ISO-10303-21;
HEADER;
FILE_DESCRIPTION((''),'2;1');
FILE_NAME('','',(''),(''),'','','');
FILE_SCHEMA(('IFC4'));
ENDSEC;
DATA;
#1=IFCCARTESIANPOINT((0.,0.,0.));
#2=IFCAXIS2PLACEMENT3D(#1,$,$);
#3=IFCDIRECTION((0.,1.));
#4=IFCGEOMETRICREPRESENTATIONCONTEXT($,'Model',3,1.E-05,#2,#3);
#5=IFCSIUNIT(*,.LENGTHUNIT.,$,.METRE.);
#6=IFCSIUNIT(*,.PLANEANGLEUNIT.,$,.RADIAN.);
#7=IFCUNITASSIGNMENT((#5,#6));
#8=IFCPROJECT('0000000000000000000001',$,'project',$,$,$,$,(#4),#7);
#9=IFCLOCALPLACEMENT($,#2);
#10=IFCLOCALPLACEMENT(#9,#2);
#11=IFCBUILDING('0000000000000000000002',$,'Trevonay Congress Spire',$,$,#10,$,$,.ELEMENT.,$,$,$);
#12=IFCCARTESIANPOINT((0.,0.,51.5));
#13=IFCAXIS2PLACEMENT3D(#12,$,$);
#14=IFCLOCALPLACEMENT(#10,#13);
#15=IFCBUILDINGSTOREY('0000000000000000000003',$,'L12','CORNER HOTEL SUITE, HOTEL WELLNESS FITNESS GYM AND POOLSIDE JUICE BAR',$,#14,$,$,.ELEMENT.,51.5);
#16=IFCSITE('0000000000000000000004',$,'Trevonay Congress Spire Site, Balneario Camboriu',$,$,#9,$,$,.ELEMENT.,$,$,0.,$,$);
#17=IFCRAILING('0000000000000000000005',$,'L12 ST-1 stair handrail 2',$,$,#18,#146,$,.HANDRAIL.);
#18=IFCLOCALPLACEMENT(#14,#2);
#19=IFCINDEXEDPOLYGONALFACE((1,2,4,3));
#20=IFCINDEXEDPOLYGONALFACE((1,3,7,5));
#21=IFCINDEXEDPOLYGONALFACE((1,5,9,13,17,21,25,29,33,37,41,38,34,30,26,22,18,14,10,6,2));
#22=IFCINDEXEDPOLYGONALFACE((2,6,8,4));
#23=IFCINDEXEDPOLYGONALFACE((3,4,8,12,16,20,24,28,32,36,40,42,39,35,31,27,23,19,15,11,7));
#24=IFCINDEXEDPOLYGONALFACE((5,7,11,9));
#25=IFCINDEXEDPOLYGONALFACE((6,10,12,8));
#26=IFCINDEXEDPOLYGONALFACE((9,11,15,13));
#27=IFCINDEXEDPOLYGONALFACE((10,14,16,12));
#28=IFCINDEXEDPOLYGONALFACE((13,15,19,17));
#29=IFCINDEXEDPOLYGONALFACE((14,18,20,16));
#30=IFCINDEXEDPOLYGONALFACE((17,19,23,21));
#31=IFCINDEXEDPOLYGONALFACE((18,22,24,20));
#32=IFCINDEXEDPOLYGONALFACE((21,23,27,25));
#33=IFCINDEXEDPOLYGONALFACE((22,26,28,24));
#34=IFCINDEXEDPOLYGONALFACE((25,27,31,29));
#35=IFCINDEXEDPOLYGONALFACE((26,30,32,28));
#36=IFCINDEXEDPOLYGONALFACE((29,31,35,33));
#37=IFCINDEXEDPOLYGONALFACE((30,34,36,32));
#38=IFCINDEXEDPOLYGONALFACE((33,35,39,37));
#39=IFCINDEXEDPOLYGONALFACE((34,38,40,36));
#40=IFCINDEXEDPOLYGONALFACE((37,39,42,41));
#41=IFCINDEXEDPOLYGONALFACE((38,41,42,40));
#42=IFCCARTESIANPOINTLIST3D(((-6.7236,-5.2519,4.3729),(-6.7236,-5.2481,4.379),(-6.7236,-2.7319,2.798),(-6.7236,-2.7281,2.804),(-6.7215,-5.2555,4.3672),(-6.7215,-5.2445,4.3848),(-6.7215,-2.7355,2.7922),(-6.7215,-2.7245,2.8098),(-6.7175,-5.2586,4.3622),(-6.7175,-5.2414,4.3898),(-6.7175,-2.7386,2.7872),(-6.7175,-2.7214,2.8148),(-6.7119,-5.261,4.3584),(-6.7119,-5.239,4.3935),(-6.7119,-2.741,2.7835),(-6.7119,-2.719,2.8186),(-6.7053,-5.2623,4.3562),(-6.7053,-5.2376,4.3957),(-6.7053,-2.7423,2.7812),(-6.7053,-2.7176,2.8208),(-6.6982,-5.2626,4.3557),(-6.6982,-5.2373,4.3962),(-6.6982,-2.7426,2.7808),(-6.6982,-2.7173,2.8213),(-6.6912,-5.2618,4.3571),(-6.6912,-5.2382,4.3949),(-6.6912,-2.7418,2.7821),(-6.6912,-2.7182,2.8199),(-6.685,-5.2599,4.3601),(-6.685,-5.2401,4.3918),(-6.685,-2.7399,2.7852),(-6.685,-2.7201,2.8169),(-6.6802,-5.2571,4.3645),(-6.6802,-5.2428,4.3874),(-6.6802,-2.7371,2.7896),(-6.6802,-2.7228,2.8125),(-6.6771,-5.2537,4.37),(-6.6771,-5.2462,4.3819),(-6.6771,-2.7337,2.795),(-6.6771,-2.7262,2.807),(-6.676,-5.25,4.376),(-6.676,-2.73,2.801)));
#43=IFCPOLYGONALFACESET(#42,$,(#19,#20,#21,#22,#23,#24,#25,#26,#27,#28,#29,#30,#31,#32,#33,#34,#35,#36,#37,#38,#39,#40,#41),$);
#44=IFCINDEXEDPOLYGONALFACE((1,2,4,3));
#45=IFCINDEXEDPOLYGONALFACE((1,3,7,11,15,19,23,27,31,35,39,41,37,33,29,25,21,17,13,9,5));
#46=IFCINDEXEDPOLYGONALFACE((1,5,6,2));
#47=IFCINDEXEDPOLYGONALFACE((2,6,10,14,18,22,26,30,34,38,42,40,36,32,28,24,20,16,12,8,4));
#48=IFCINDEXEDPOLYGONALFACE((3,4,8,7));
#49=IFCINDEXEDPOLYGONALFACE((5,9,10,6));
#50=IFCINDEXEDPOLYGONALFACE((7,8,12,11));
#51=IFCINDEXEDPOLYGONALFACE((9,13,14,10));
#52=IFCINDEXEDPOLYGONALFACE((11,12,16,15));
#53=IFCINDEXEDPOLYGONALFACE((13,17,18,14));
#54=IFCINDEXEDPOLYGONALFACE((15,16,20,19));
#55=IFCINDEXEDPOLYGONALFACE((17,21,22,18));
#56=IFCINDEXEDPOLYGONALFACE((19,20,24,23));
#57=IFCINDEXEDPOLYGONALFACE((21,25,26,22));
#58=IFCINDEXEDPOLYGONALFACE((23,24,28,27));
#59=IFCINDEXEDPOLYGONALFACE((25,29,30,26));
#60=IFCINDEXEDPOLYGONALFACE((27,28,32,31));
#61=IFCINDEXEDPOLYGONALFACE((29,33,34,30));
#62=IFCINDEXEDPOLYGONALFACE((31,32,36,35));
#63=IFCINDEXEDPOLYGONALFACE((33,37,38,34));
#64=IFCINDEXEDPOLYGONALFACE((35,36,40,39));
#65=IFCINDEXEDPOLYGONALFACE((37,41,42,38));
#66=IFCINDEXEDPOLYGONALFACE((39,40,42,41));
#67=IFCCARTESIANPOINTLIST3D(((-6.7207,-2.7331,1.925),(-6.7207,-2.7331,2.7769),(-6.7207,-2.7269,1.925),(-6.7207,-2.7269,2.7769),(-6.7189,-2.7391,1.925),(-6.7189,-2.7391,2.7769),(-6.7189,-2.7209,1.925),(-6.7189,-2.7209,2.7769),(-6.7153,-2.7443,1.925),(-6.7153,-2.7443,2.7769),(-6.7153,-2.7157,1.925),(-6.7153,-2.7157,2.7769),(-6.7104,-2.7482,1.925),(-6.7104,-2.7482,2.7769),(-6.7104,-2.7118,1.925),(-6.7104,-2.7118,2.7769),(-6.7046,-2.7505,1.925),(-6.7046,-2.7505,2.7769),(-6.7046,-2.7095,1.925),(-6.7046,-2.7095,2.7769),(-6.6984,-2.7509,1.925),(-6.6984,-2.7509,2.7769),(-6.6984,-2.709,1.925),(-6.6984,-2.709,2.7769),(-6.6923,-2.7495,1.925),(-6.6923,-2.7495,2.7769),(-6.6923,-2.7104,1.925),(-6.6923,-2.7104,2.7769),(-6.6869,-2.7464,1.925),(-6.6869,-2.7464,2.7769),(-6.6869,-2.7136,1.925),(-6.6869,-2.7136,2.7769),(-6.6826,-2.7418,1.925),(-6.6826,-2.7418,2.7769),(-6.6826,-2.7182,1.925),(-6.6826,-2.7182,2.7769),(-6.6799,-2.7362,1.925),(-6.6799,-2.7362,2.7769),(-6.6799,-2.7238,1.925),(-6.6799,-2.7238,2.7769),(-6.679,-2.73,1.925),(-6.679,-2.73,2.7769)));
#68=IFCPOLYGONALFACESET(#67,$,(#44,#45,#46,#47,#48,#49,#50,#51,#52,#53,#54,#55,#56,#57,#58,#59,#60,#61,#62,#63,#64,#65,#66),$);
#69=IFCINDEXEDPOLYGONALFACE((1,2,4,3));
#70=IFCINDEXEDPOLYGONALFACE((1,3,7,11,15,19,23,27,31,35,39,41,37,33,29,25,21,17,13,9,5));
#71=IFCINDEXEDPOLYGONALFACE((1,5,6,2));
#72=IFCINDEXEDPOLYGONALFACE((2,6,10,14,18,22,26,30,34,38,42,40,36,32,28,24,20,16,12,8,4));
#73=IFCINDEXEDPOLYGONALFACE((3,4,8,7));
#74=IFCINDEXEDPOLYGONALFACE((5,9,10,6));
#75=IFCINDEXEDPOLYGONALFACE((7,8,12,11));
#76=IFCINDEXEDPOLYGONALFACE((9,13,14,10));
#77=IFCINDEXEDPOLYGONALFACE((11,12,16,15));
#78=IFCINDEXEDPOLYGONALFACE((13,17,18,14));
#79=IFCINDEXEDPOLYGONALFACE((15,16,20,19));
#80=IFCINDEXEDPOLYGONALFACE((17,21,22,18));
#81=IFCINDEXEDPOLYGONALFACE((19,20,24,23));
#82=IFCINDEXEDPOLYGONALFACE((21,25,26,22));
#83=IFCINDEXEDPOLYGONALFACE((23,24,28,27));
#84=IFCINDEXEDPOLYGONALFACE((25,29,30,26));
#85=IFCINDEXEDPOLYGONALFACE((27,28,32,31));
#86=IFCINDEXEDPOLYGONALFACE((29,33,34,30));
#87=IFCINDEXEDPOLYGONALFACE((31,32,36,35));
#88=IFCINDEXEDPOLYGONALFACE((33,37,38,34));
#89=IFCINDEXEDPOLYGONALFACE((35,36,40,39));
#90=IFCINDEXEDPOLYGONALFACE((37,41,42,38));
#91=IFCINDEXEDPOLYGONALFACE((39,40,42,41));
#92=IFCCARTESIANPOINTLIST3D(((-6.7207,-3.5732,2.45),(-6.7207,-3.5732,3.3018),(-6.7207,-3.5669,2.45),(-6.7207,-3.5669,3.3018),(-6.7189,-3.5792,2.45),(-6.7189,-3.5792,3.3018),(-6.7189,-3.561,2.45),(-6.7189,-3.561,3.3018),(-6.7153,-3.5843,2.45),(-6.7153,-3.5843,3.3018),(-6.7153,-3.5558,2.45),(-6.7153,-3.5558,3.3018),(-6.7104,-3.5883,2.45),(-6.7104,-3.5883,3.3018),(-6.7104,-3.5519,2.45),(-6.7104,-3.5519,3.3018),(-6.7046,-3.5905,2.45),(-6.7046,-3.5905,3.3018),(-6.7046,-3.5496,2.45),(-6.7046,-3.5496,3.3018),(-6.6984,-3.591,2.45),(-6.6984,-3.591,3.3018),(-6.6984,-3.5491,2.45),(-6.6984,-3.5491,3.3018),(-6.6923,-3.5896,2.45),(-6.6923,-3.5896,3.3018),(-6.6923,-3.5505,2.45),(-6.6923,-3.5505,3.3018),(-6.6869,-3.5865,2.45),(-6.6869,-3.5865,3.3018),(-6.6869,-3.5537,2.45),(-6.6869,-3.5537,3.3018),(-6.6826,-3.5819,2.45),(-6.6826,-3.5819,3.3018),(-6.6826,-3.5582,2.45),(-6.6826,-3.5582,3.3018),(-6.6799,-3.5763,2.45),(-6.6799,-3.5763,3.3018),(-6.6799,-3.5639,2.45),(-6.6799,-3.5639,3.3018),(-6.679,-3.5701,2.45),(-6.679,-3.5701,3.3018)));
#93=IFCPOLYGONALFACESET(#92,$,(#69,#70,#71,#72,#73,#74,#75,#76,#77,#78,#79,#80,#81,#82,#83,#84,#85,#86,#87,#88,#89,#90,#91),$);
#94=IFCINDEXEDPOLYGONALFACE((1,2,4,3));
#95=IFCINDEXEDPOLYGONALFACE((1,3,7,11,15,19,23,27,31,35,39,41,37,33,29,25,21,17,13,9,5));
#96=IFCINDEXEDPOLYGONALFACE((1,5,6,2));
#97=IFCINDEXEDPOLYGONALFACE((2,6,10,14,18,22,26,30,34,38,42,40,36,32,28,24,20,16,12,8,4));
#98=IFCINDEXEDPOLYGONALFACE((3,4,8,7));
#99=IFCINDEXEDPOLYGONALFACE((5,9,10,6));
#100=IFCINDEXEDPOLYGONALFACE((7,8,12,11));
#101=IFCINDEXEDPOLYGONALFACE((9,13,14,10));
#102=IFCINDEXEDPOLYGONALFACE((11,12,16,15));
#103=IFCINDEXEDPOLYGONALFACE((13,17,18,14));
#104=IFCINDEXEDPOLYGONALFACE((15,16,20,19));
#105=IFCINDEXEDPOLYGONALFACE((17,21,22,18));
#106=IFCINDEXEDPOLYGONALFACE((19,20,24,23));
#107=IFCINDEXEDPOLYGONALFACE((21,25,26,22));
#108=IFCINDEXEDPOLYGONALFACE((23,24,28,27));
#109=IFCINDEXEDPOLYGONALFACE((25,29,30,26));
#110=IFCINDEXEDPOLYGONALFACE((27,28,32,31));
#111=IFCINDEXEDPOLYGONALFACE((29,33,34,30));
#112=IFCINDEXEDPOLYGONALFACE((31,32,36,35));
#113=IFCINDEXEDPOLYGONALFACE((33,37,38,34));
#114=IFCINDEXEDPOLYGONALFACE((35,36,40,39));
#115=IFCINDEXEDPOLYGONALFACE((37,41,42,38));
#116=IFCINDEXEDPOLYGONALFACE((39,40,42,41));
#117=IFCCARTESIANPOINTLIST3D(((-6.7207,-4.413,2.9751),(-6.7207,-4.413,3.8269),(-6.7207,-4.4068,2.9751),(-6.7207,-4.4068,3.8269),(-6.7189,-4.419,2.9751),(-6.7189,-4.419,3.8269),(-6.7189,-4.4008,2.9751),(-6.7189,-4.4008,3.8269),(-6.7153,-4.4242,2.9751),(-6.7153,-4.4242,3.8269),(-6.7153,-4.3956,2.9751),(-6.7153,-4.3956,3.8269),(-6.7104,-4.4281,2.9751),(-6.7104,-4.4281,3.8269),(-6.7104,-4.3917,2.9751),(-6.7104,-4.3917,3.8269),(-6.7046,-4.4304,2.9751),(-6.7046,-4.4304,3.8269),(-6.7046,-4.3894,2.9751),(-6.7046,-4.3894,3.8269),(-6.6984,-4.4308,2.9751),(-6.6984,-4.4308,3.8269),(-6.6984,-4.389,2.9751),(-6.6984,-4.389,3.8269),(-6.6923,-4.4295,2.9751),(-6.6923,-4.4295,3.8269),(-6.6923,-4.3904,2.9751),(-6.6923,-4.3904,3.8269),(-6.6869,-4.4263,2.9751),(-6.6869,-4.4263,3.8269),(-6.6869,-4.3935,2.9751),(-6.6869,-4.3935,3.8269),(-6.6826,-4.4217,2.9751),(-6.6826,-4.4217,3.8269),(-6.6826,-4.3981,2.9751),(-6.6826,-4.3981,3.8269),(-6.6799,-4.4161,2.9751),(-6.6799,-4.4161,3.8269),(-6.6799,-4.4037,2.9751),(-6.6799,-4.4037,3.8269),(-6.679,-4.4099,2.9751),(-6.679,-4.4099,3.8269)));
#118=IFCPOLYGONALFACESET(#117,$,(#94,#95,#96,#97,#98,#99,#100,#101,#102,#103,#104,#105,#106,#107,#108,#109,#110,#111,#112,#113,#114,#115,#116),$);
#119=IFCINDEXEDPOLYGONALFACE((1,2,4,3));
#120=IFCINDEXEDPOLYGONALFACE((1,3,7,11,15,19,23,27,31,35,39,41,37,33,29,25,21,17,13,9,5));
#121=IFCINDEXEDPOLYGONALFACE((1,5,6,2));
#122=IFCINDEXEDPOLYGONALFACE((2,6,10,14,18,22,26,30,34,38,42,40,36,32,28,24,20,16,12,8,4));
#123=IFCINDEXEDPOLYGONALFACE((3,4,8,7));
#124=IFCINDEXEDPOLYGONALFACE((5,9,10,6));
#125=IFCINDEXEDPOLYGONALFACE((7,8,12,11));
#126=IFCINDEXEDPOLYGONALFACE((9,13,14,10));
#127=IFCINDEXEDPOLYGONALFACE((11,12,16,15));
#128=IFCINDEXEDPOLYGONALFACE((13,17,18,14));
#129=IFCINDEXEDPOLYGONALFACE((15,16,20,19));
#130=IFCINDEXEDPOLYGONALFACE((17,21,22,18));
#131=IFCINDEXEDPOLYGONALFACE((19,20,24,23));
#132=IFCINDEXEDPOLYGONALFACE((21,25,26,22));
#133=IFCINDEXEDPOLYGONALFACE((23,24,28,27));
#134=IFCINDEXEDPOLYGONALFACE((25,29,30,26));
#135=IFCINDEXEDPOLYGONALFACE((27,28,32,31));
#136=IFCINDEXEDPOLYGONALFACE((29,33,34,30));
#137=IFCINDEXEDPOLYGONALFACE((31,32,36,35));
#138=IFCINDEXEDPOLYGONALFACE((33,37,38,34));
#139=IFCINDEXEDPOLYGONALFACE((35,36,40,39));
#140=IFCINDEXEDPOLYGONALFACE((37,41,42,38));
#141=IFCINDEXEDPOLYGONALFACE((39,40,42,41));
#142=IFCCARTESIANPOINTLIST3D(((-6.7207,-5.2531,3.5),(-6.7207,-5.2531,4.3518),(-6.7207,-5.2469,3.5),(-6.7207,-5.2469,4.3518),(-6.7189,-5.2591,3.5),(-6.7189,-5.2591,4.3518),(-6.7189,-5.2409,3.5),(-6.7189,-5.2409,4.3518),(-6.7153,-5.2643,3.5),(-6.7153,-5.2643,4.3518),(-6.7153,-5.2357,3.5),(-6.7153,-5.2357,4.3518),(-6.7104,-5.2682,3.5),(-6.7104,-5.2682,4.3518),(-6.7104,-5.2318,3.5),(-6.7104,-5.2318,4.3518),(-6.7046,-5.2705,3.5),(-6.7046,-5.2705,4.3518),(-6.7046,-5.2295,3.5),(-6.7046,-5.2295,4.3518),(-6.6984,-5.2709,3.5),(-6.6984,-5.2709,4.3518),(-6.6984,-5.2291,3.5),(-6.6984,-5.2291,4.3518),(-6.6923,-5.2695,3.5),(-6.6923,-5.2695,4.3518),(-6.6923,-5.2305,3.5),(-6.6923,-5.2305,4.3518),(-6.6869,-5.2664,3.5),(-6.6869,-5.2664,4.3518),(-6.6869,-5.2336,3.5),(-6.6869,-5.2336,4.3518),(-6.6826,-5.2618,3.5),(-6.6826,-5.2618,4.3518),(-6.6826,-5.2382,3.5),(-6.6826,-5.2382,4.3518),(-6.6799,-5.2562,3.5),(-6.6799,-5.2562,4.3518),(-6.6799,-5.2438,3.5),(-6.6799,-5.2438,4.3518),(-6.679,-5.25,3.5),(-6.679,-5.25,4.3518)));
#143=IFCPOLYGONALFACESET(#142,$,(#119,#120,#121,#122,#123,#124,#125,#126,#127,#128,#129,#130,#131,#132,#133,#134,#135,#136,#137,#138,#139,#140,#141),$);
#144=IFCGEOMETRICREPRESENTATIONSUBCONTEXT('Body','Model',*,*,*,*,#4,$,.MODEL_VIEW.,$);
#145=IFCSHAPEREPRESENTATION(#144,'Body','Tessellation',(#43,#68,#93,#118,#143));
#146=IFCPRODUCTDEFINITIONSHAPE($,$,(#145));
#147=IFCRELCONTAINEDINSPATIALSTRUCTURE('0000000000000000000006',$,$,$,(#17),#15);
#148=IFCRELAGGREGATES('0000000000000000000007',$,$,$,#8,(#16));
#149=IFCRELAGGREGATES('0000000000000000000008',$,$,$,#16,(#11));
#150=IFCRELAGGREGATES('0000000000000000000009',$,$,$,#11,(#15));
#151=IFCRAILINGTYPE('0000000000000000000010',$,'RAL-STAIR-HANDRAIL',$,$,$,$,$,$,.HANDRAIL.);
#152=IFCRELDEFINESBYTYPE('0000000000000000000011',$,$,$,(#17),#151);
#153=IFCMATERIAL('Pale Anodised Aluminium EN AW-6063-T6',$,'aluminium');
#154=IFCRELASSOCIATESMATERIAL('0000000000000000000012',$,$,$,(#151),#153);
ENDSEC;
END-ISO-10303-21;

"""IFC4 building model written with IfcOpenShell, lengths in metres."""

from ifc_helpers import new_model, si_unit, direction, frame, origin, origin_2d, place, context, subcontext, project, spatial, circle, extrude, material, type_object, element, save


model = new_model("IFC4")

# Units and contexts
model_context = context("Model", 3, precision=1e-05, world=origin(), true_north=direction((0.0, 1.0)))
body_context = subcontext(model_context, "Body", "Model", "MODEL_VIEW")
ifc_project = project(units=[si_unit("LENGTHUNIT", "METRE"), si_unit("PLANEANGLEUNIT", "RADIAN")], contexts=[model_context])

# Site, building, storey
site_placement = place(None, origin())
site = spatial("IfcSite", under=ifc_project, at=site_placement, Name="Trevonay Congress Spire Site, Balneario Camboriu", CompositionType="ELEMENT", RefElevation=0.0)
building_placement = place(site_placement, origin())
building = spatial("IfcBuilding", under=site, at=building_placement, Name="Trevonay Congress Spire", CompositionType="ELEMENT")
storey_placement = place(building_placement, frame((0.0, 0.0, 51.5)))
storey = spatial("IfcBuildingStorey", under=building, at=storey_placement, Name="L12", Description="CORNER HOTEL SUITE, HOTEL WELLNESS FITNESS GYM AND POOLSIDE JUICE BAR", CompositionType="ELEMENT", Elevation=51.5)

# Shared definitions
ifc_material_1 = material(Name="Pale Anodised Aluminium EN AW-6063-T6", Category="aluminium")

# Railing
railing_type_1 = type_object("IfcRailingType", Name="RAL-STAIR-HANDRAIL", PredefinedType="HANDRAIL", material=ifc_material_1)
railing_1_placement = place(storey_placement, frame((-6.7, -2.73, 1.925)))
element("IfcRailing", 1, at=railing_1_placement, inside=storey, type_object=railing_type_1, Name="L12 ST-1 stair handrail 2", PredefinedType="HANDRAIL", context=body_context, shape_type="SweptSolid", body=[
    extrude(circle(Radius=0.0239, at=origin_2d()), frame((0.0, 0.0, 0.876), z_axis=(0.0, -0.848008, 0.529984), x_axis=(1.0, 0.0, 0.0)), (0.0, 0.0, 1.0), 2.9717),
    extrude(circle(Radius=0.021, at=origin_2d()), origin(), (0.0, 0.0, 1.0), 0.8518),
    extrude(circle(Radius=0.021, at=origin_2d()), frame((0.0, -0.8401, 0.5249)), (0.0, 0.0, 1.0), 0.8518),
    extrude(circle(Radius=0.021, at=origin_2d()), frame((0.0, -1.6799, 1.05)), (0.0, 0.0, 1.0), 0.8518),
    extrude(circle(Radius=0.021, at=origin_2d()), frame((0.0, -2.52, 1.575)), (0.0, 0.0, 1.0), 0.8518),
])

save(model, "model.ifc")
